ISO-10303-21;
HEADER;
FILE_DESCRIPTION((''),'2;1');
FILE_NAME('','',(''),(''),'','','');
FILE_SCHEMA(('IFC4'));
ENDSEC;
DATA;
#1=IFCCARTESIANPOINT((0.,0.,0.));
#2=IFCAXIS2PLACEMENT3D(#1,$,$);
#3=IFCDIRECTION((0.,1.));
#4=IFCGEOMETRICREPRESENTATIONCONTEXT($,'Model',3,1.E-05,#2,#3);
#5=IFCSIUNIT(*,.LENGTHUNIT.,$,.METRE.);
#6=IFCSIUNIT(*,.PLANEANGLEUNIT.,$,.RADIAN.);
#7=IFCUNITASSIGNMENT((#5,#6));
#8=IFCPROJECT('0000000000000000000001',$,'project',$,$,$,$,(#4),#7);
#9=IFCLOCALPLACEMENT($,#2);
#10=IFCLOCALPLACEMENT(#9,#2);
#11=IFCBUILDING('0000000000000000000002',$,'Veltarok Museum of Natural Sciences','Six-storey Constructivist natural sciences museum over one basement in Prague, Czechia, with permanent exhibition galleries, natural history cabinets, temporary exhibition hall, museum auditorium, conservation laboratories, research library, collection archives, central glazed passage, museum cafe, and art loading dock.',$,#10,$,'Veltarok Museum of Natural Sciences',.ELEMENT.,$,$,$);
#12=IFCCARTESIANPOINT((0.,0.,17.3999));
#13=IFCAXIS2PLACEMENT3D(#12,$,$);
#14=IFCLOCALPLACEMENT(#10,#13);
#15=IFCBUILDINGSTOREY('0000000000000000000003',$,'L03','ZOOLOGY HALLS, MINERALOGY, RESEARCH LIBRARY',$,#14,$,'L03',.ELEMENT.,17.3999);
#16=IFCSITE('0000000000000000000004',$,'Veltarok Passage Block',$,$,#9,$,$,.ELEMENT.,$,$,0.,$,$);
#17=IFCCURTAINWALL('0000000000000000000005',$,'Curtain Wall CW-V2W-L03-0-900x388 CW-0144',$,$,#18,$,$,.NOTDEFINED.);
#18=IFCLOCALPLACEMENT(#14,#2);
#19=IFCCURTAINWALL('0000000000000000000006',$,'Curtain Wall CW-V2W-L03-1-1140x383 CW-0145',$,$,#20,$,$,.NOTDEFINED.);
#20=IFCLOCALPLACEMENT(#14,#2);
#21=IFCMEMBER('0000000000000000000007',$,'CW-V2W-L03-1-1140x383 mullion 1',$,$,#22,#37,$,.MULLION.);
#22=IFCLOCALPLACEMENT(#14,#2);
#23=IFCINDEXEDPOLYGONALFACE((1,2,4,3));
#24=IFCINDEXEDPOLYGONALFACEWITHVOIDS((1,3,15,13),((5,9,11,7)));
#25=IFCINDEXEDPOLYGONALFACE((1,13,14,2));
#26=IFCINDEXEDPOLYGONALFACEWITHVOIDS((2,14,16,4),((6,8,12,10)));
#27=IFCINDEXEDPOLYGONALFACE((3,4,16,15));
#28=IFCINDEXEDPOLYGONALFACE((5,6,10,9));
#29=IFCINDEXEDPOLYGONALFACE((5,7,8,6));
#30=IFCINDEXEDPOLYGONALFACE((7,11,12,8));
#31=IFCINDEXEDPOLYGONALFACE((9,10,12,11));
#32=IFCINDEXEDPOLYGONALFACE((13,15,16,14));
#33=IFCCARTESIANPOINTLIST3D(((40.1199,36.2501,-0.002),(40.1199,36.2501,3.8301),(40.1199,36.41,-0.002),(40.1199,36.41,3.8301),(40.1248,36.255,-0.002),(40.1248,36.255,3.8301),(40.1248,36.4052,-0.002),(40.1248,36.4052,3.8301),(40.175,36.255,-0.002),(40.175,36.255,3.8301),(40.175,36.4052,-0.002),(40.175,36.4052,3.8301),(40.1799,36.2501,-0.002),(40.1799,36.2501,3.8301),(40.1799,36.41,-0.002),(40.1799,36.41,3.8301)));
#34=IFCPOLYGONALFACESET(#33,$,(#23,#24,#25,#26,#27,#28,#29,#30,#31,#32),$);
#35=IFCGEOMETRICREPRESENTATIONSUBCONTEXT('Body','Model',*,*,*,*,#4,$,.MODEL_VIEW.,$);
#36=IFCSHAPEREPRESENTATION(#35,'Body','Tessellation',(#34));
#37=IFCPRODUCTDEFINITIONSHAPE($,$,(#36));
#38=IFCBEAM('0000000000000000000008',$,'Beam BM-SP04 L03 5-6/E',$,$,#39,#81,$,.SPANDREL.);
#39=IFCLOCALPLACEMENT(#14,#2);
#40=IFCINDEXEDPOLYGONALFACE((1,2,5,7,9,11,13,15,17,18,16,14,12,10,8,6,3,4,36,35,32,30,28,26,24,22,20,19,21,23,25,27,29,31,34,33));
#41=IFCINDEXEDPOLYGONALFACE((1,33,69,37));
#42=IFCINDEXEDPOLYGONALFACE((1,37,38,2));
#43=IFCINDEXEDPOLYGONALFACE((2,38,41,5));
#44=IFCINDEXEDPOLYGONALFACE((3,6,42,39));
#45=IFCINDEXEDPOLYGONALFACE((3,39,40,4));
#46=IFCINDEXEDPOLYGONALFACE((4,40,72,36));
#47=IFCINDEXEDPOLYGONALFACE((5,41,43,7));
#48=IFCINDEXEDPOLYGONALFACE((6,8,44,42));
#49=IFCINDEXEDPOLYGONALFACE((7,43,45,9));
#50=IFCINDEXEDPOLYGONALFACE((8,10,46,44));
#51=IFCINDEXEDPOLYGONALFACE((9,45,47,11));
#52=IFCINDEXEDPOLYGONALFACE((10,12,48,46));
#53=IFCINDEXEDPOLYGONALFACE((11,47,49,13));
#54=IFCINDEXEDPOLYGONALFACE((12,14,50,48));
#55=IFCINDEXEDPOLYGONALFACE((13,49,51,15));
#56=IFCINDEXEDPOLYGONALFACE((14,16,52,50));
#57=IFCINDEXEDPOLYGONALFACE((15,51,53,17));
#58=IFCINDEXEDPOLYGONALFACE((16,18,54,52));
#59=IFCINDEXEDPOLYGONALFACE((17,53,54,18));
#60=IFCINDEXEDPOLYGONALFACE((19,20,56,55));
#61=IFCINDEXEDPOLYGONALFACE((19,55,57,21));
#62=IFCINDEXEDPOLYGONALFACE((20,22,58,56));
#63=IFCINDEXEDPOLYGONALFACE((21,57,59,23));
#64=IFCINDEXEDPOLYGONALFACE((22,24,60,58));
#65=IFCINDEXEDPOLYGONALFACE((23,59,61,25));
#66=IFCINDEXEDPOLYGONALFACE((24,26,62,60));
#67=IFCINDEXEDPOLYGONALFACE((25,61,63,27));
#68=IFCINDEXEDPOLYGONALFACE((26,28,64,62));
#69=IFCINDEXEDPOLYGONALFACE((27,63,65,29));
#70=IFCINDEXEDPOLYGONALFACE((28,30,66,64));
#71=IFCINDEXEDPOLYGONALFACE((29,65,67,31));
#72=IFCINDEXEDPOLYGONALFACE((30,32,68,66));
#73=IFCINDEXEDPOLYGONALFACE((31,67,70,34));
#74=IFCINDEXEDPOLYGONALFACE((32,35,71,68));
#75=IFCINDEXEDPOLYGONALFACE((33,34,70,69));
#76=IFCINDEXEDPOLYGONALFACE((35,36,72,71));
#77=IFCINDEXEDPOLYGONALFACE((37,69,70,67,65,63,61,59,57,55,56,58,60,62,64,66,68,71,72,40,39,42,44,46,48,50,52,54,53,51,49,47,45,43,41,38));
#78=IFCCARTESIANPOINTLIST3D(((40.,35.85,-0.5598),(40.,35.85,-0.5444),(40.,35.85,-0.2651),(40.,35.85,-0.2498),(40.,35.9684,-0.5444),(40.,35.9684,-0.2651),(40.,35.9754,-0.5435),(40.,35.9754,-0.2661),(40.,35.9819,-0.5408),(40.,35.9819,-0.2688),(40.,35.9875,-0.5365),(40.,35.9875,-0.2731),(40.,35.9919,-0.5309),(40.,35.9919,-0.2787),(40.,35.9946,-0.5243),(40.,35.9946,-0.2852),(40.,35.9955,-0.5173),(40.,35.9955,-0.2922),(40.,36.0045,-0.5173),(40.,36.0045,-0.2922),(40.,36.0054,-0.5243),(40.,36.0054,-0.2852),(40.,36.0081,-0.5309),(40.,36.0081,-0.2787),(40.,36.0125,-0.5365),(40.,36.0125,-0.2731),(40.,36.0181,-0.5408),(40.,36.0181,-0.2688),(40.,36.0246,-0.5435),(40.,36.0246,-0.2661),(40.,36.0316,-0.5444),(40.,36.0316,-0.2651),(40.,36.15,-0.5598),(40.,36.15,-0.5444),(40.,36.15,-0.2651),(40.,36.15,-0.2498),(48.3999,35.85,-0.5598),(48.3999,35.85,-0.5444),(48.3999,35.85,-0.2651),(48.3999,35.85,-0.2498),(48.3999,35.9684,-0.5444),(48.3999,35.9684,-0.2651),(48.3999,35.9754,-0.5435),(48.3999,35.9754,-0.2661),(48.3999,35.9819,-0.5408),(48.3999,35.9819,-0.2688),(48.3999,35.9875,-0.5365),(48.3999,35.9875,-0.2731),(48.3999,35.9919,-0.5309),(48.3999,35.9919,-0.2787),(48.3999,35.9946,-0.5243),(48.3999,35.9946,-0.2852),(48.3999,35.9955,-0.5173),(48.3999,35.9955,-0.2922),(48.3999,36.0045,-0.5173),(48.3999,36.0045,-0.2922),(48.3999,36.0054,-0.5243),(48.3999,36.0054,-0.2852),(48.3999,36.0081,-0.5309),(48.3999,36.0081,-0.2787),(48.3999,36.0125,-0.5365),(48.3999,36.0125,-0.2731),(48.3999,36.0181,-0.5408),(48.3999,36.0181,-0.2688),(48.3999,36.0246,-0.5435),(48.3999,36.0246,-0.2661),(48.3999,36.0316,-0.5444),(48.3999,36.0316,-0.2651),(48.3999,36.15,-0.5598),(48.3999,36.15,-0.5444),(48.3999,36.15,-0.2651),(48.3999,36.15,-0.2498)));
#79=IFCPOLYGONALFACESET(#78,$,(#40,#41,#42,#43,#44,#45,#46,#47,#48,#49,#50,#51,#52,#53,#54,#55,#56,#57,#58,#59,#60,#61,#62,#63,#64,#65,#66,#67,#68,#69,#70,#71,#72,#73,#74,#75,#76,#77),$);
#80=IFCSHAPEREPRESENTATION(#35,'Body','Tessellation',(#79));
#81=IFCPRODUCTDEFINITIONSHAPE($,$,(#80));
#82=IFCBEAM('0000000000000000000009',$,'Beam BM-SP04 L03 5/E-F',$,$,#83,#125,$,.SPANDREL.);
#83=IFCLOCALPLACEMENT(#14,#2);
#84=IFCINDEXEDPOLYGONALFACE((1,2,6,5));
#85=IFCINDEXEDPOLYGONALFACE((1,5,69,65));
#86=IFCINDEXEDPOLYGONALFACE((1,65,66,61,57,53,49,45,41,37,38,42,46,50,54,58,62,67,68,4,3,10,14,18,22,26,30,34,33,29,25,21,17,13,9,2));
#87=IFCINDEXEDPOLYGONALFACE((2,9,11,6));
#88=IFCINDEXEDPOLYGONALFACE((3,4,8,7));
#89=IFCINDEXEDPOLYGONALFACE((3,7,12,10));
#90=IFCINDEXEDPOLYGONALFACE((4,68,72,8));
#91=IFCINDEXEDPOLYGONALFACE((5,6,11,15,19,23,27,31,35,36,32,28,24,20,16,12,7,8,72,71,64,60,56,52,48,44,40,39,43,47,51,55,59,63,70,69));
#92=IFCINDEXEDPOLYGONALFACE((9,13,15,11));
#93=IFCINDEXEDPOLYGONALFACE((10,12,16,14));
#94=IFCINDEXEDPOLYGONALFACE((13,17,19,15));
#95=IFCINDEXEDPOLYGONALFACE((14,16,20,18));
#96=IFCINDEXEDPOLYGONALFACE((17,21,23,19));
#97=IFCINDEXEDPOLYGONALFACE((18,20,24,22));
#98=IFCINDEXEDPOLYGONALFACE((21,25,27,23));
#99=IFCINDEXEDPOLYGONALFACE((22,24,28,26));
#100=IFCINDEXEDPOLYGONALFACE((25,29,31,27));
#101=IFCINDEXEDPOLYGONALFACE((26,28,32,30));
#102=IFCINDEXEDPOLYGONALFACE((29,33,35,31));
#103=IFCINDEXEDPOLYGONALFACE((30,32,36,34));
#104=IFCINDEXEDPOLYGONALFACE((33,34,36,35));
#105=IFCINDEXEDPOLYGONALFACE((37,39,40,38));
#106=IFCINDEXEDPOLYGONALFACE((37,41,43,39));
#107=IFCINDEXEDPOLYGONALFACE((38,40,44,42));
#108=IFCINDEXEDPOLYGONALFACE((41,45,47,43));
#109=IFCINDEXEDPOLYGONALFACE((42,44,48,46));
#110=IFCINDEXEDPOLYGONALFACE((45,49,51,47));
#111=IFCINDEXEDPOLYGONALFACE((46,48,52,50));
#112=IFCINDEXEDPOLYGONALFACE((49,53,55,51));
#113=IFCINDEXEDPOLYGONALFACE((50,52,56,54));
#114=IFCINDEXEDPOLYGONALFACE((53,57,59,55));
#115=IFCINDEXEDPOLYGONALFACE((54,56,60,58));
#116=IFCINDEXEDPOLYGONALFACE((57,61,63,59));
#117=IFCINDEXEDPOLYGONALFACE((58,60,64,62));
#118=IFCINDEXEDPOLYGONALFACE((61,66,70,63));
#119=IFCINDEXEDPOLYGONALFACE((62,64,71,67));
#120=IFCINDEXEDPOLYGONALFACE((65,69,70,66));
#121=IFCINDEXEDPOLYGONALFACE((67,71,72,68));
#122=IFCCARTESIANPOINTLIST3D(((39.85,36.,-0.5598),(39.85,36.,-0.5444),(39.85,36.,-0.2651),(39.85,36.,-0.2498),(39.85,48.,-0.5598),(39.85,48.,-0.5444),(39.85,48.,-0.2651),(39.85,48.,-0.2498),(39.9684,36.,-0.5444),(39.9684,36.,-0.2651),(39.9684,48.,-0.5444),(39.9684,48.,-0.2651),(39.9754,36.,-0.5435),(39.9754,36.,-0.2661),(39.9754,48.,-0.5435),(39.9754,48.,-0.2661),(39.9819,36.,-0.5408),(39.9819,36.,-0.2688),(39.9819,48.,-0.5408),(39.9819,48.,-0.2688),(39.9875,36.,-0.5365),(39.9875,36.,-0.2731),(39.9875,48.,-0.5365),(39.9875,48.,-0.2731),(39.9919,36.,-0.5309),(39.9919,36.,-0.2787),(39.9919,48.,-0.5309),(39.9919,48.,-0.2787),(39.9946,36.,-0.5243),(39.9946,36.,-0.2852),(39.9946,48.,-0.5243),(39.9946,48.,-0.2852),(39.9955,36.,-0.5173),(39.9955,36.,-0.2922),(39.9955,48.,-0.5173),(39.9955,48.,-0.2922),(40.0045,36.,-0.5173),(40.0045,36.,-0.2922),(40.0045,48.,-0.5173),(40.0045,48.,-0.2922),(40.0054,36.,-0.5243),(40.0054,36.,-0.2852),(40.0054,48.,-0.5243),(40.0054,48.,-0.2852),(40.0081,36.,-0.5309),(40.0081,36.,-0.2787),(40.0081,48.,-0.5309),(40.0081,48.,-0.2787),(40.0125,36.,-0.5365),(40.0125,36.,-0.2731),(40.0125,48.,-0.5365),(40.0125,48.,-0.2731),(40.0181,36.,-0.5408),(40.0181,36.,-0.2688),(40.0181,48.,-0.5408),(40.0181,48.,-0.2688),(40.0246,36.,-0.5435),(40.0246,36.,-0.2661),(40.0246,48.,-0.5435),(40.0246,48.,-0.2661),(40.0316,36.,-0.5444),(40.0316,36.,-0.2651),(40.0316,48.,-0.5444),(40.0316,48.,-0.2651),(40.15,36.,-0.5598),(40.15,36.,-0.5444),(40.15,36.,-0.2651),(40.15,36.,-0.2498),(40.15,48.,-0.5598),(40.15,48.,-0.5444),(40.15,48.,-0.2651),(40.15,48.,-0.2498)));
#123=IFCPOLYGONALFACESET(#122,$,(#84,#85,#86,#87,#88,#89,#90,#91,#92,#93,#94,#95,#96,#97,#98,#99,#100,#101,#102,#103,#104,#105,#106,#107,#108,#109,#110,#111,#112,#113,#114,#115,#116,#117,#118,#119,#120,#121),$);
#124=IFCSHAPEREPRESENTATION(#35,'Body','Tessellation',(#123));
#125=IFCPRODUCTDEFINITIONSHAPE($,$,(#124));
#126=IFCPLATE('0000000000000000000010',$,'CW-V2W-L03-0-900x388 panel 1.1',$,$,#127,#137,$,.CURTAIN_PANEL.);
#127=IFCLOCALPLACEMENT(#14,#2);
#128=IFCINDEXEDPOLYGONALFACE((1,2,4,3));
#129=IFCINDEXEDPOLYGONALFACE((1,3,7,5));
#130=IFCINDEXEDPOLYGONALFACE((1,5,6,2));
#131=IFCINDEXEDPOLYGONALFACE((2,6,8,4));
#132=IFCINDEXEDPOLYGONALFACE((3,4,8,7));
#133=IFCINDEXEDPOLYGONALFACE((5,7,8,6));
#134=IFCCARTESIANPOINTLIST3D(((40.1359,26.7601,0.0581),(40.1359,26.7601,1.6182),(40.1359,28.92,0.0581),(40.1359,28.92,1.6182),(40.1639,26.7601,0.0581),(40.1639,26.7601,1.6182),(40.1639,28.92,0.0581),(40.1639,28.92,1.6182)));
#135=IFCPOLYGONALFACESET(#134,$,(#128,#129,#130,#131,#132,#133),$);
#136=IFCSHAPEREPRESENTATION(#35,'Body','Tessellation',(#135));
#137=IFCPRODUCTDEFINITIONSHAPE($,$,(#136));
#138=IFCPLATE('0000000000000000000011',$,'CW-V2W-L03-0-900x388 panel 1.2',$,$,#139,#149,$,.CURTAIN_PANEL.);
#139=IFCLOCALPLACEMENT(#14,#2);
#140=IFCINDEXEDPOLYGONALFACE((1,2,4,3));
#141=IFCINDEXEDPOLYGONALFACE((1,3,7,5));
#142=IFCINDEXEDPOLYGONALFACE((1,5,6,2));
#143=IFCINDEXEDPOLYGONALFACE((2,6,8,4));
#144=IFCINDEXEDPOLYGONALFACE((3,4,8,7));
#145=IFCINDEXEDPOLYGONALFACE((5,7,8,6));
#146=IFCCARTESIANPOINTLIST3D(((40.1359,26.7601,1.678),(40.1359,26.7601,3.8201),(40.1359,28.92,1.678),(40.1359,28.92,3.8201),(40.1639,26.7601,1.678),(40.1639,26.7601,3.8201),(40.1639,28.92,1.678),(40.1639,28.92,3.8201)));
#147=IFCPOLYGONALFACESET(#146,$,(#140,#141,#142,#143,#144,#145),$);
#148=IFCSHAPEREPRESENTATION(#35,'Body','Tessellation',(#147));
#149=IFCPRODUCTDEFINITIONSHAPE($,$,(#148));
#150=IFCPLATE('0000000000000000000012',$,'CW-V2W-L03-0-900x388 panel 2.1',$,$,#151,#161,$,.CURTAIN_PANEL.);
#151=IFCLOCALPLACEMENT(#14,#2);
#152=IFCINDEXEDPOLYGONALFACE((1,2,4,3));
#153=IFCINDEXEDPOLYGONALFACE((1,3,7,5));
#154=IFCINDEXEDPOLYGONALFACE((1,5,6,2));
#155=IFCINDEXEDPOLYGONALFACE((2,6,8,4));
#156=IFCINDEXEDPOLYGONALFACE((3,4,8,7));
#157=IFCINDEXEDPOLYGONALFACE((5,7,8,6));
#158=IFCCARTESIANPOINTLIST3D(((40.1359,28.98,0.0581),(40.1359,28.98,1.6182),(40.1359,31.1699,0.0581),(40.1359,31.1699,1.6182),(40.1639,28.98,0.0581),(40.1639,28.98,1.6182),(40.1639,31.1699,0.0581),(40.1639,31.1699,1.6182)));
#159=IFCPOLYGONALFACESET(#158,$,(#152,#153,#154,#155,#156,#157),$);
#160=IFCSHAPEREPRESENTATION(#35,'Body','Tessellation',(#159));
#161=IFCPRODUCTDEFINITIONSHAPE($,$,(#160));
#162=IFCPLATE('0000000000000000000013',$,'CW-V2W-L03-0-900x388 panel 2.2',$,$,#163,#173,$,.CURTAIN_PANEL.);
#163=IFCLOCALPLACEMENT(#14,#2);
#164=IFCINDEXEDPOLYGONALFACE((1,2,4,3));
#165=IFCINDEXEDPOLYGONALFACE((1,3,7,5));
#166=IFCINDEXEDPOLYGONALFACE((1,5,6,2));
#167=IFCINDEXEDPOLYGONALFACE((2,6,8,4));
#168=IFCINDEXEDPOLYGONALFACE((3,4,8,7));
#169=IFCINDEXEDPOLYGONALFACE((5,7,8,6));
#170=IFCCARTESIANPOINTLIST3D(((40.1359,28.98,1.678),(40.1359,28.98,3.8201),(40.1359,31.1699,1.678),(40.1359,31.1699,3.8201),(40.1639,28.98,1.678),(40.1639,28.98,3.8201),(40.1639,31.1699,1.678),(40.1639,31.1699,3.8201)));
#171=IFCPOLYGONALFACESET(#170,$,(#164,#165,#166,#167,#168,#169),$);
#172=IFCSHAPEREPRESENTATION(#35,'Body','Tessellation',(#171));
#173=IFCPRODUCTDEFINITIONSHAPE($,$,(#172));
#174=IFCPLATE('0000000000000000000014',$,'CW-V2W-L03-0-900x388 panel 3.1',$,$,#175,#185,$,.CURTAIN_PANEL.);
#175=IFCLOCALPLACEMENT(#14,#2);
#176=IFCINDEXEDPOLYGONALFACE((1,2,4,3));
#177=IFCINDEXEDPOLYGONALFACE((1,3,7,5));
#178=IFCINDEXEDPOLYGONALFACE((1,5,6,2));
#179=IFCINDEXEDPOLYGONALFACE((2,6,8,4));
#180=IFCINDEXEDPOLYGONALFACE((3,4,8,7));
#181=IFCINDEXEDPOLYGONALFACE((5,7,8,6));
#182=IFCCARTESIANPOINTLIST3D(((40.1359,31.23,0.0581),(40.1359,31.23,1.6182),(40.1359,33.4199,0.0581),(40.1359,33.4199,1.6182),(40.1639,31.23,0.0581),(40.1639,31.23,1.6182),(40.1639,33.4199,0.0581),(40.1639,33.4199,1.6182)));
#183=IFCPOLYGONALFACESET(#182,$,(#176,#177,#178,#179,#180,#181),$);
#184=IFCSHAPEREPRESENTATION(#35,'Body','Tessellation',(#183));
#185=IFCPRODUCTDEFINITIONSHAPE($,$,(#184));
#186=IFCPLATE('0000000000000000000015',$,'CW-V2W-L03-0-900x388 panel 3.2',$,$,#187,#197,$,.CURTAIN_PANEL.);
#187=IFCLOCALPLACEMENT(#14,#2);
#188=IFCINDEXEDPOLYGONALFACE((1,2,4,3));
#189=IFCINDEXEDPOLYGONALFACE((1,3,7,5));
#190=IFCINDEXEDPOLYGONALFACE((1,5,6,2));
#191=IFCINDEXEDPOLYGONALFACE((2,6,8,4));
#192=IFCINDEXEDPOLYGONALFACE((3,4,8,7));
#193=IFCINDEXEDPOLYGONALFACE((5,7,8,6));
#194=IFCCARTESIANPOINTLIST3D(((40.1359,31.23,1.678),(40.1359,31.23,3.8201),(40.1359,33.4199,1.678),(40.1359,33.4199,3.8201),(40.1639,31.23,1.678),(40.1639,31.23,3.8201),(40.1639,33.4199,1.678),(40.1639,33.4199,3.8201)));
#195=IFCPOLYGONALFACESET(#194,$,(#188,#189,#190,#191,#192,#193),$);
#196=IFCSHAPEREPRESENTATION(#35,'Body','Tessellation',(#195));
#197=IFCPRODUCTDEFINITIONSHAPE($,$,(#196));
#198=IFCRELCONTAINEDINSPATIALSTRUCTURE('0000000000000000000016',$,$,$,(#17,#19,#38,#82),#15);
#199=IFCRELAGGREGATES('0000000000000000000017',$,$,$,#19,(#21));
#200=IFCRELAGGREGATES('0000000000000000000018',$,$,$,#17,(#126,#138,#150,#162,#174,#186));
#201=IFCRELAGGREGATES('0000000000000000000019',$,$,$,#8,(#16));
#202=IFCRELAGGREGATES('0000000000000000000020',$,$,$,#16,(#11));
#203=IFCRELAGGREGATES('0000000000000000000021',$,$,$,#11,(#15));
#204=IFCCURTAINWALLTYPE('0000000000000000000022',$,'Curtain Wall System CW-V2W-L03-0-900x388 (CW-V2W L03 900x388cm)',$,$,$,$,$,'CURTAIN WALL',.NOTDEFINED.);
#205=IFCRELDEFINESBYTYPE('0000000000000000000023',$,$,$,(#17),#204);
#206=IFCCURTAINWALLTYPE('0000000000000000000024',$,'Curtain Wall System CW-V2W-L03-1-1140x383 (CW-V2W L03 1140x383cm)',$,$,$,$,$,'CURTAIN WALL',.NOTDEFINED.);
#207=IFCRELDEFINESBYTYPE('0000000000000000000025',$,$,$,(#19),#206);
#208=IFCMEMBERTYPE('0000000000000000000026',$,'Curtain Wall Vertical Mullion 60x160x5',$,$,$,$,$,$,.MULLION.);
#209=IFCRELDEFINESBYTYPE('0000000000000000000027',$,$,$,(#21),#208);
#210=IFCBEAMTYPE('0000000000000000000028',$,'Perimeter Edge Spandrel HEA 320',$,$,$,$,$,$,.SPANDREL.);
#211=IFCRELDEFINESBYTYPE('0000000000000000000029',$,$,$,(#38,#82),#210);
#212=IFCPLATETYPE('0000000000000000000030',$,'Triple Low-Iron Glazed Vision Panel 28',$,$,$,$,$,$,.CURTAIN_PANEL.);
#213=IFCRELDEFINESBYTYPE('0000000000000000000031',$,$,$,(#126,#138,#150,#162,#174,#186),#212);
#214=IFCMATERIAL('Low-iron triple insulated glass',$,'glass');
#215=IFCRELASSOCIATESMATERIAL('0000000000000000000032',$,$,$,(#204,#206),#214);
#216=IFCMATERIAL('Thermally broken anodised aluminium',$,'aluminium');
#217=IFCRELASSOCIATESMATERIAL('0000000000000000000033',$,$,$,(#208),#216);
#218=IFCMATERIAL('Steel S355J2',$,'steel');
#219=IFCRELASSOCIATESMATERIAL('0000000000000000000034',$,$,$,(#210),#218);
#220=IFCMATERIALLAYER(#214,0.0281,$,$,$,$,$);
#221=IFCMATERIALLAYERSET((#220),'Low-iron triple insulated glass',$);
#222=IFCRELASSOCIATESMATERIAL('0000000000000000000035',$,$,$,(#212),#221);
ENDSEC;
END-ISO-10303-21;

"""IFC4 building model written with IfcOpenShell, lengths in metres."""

from ifc_helpers import new_model, si_unit, direction, frame, origin, origin_2d, place, context, subcontext, project, spatial, rectangle, hollow_rectangle, i_section, extrude, material, layer, layer_set, material_profile, profile_set, type_object, element, aggregate, save


model = new_model("IFC4")

# Units and contexts
model_context = context("Model", 3, precision=1e-05, world=origin(), true_north=direction((0.0, 1.0)))
body_context = subcontext(model_context, "Body", "Model", "MODEL_VIEW")
ifc_project = project(units=[si_unit("LENGTHUNIT", "METRE"), si_unit("PLANEANGLEUNIT", "RADIAN")], contexts=[model_context])

# Site, building, storey
site_placement = place(None, origin())
site = spatial("IfcSite", under=ifc_project, at=site_placement, Name="Veltarok Passage Block", CompositionType="ELEMENT", RefElevation=0.0)
building_placement = place(site_placement, origin())
building = spatial("IfcBuilding", under=site, at=building_placement, Name="Veltarok Museum of Natural Sciences", Description="Six-storey Constructivist natural sciences museum over one basement in Prague, Czechia, with permanent exhibition galleries, natural history cabinets, temporary exhibition hall, museum auditorium, conservation laboratories, research library, collection archives, central glazed passage, museum cafe, and art loading dock.", LongName="Veltarok Museum of Natural Sciences", CompositionType="ELEMENT")
storey_placement = place(building_placement, frame((0.0, 0.0, 17.3999)))
storey = spatial("IfcBuildingStorey", under=building, at=storey_placement, Name="L03", Description="ZOOLOGY HALLS, MINERALOGY, RESEARCH LIBRARY", LongName="L03", CompositionType="ELEMENT", Elevation=17.3999)

# Shared definitions
ifc_material_1 = material(Name="Steel S355J2", Category="steel")

# Curtain walls
ifc_material_2 = material(Name="Low-iron triple insulated glass", Category="glass")
curtain_wall_type_1 = type_object("IfcCurtainWallType", Name="Curtain Wall System CW-V2W-L03-0-900x388 (CW-V2W L03 900x388cm)", ElementType="CURTAIN WALL", PredefinedType="NOTDEFINED", material=ifc_material_2)
curtain_wall_1_placement = place(storey_placement, origin())
curtain_wall_1 = element("IfcCurtainWall", 1, at=curtain_wall_1_placement, inside=storey, type_object=curtain_wall_type_1, Name="Curtain Wall CW-V2W-L03-0-900x388 CW-0144", PredefinedType="NOTDEFINED")
ifc_material_3 = material(Name="Thermally broken anodised aluminium", Category="aluminium")
curtain_wall_type_2 = type_object("IfcCurtainWallType", Name="Curtain Wall System CW-V2W-L03-1-1140x383 (CW-V2W L03 1140x383cm)", ElementType="CURTAIN WALL", PredefinedType="NOTDEFINED", material=ifc_material_2)
curtain_wall_2_placement = place(storey_placement, origin())
curtain_wall_2 = element("IfcCurtainWall", 2, at=curtain_wall_2_placement, inside=storey, type_object=curtain_wall_type_2, Name="Curtain Wall CW-V2W-L03-1-1140x383 CW-0145", PredefinedType="NOTDEFINED")

# Member
ifc_material_profile_1 = material_profile(ifc_material_3, hollow_rectangle(XDim=0.0601, YDim=0.1599, WallThickness=0.0049, at=origin_2d()), Name="CW MULLION 60x160x5")
ifc_profile_set_1 = profile_set([ifc_material_profile_1], Name="Thermally broken anodised aluminium")
member_type_1 = type_object("IfcMemberType", Name="Curtain Wall Vertical Mullion 60x160x5", PredefinedType="MULLION", material=ifc_profile_set_1)
member_1_placement = place(storey_placement, frame((40.1499, 36.3301, -0.002), z_axis=(0.0, 0.0, 1.0), x_axis=(-1.0, 0.0, 0.0)))
member_1 = element("IfcMember", 3, at=member_1_placement, type_object=member_type_1, Name="CW-V2W-L03-1-1140x383 mullion 1", PredefinedType="MULLION", context=body_context, shape_type="SweptSolid", body=[
    extrude(hollow_rectangle(XDim=0.0601, YDim=0.1599, WallThickness=0.0049, at=origin_2d()), origin(), (0.0, 0.0, 1.0), 3.832),
])
aggregate(curtain_wall_2, [member_1])

# Beams
ifc_material_profile_2 = material_profile(ifc_material_1, i_section(OverallWidth=0.3, OverallDepth=0.3101, WebThickness=0.009, FlangeThickness=0.0154, FilletRadius=0.0271, at=origin_2d()), Name="HEA 320")
ifc_profile_set_2 = profile_set([ifc_material_profile_2], Name="Steel S355J2")
beam_type = type_object("IfcBeamType", Name="Perimeter Edge Spandrel HEA 320", PredefinedType="SPANDREL", material=ifc_profile_set_2)
beam_1_placement = place(storey_placement, frame((40.0, 36.0, -0.4048), z_axis=(1.0, 0.0, 0.0), x_axis=(0.0, 1.0, 0.0)))
element("IfcBeam", 4, at=beam_1_placement, inside=storey, type_object=beam_type, Name="Beam BM-SP04 L03 5-6/E", PredefinedType="SPANDREL", context=body_context, shape_type="SweptSolid", body=[
    extrude(i_section(OverallWidth=0.3, OverallDepth=0.3101, WebThickness=0.009, FlangeThickness=0.0154, FilletRadius=0.0271, at=origin_2d()), origin(), (0.0, 0.0, 1.0), 8.3999),
])
beam_2_placement = place(storey_placement, frame((40.0, 36.0, -0.4048), z_axis=(0.0, 1.0, 0.0), x_axis=(-1.0, 0.0, 0.0)))
element("IfcBeam", 5, at=beam_2_placement, inside=storey, type_object=beam_type, Name="Beam BM-SP04 L03 5/E-F", PredefinedType="SPANDREL", context=body_context, shape_type="SweptSolid", body=[
    extrude(i_section(OverallWidth=0.3, OverallDepth=0.3101, WebThickness=0.009, FlangeThickness=0.0154, FilletRadius=0.0271, at=origin_2d()), origin(), (0.0, 0.0, 1.0), 12.0),
])

# Plates
ifc_layer = layer(ifc_material_2, 0.0281)
ifc_layer_set = layer_set([ifc_layer], Name="Low-iron triple insulated glass")
plate_type = type_object("IfcPlateType", Name="Triple Low-Iron Glazed Vision Panel 28", PredefinedType="CURTAIN_PANEL", material=ifc_layer_set)
plate_1_placement = place(storey_placement, frame((40.1499, 27.8401, 0.0581), z_axis=(0.0, 0.0, 1.0), x_axis=(0.0, 1.0, 0.0)))
plate_1 = element("IfcPlate", 6, at=plate_1_placement, type_object=plate_type, Name="CW-V2W-L03-0-900x388 panel 1.1", PredefinedType="CURTAIN_PANEL", context=body_context, shape_type="SweptSolid", body=[
    extrude(rectangle(XDim=2.1599, YDim=0.0281, at=origin_2d()), origin(), (0.0, 0.0, 1.0), 1.5601),
])
plate_2_placement = place(storey_placement, frame((40.1499, 27.8401, 1.678), z_axis=(0.0, 0.0, 1.0), x_axis=(0.0, 1.0, 0.0)))
plate_2 = element("IfcPlate", 7, at=plate_2_placement, type_object=plate_type, Name="CW-V2W-L03-0-900x388 panel 1.2", PredefinedType="CURTAIN_PANEL", context=body_context, shape_type="SweptSolid", body=[
    extrude(rectangle(XDim=2.1599, YDim=0.0281, at=origin_2d()), origin(), (0.0, 0.0, 1.0), 2.1421),
])
plate_3_placement = place(storey_placement, frame((40.1499, 30.075, 0.0581), z_axis=(0.0, 0.0, 1.0), x_axis=(0.0, 1.0, 0.0)))
plate_3 = element("IfcPlate", 8, at=plate_3_placement, type_object=plate_type, Name="CW-V2W-L03-0-900x388 panel 2.1", PredefinedType="CURTAIN_PANEL", context=body_context, shape_type="SweptSolid", body=[
    extrude(rectangle(XDim=2.1899, YDim=0.0281, at=origin_2d()), origin(), (0.0, 0.0, 1.0), 1.5601),
])
plate_4_placement = place(storey_placement, frame((40.1499, 30.075, 1.678), z_axis=(0.0, 0.0, 1.0), x_axis=(0.0, 1.0, 0.0)))
plate_4 = element("IfcPlate", 9, at=plate_4_placement, type_object=plate_type, Name="CW-V2W-L03-0-900x388 panel 2.2", PredefinedType="CURTAIN_PANEL", context=body_context, shape_type="SweptSolid", body=[
    extrude(rectangle(XDim=2.1899, YDim=0.0281, at=origin_2d()), origin(), (0.0, 0.0, 1.0), 2.1421),
])
plate_5_placement = place(storey_placement, frame((40.1499, 32.325, 0.0581), z_axis=(0.0, 0.0, 1.0), x_axis=(0.0, 1.0, 0.0)))
plate_5 = element("IfcPlate", 10, at=plate_5_placement, type_object=plate_type, Name="CW-V2W-L03-0-900x388 panel 3.1", PredefinedType="CURTAIN_PANEL", context=body_context, shape_type="SweptSolid", body=[
    extrude(rectangle(XDim=2.1899, YDim=0.0281, at=origin_2d()), origin(), (0.0, 0.0, 1.0), 1.5601),
])
plate_6_placement = place(storey_placement, frame((40.1499, 32.325, 1.678), z_axis=(0.0, 0.0, 1.0), x_axis=(0.0, 1.0, 0.0)))
plate_6 = element("IfcPlate", 11, at=plate_6_placement, type_object=plate_type, Name="CW-V2W-L03-0-900x388 panel 3.2", PredefinedType="CURTAIN_PANEL", context=body_context, shape_type="SweptSolid", body=[
    extrude(rectangle(XDim=2.1899, YDim=0.0281, at=origin_2d()), origin(), (0.0, 0.0, 1.0), 2.1421),
])
aggregate(curtain_wall_1, [plate_1, plate_2, plate_3, plate_4, plate_5, plate_6])

save(model, "model.ifc")
